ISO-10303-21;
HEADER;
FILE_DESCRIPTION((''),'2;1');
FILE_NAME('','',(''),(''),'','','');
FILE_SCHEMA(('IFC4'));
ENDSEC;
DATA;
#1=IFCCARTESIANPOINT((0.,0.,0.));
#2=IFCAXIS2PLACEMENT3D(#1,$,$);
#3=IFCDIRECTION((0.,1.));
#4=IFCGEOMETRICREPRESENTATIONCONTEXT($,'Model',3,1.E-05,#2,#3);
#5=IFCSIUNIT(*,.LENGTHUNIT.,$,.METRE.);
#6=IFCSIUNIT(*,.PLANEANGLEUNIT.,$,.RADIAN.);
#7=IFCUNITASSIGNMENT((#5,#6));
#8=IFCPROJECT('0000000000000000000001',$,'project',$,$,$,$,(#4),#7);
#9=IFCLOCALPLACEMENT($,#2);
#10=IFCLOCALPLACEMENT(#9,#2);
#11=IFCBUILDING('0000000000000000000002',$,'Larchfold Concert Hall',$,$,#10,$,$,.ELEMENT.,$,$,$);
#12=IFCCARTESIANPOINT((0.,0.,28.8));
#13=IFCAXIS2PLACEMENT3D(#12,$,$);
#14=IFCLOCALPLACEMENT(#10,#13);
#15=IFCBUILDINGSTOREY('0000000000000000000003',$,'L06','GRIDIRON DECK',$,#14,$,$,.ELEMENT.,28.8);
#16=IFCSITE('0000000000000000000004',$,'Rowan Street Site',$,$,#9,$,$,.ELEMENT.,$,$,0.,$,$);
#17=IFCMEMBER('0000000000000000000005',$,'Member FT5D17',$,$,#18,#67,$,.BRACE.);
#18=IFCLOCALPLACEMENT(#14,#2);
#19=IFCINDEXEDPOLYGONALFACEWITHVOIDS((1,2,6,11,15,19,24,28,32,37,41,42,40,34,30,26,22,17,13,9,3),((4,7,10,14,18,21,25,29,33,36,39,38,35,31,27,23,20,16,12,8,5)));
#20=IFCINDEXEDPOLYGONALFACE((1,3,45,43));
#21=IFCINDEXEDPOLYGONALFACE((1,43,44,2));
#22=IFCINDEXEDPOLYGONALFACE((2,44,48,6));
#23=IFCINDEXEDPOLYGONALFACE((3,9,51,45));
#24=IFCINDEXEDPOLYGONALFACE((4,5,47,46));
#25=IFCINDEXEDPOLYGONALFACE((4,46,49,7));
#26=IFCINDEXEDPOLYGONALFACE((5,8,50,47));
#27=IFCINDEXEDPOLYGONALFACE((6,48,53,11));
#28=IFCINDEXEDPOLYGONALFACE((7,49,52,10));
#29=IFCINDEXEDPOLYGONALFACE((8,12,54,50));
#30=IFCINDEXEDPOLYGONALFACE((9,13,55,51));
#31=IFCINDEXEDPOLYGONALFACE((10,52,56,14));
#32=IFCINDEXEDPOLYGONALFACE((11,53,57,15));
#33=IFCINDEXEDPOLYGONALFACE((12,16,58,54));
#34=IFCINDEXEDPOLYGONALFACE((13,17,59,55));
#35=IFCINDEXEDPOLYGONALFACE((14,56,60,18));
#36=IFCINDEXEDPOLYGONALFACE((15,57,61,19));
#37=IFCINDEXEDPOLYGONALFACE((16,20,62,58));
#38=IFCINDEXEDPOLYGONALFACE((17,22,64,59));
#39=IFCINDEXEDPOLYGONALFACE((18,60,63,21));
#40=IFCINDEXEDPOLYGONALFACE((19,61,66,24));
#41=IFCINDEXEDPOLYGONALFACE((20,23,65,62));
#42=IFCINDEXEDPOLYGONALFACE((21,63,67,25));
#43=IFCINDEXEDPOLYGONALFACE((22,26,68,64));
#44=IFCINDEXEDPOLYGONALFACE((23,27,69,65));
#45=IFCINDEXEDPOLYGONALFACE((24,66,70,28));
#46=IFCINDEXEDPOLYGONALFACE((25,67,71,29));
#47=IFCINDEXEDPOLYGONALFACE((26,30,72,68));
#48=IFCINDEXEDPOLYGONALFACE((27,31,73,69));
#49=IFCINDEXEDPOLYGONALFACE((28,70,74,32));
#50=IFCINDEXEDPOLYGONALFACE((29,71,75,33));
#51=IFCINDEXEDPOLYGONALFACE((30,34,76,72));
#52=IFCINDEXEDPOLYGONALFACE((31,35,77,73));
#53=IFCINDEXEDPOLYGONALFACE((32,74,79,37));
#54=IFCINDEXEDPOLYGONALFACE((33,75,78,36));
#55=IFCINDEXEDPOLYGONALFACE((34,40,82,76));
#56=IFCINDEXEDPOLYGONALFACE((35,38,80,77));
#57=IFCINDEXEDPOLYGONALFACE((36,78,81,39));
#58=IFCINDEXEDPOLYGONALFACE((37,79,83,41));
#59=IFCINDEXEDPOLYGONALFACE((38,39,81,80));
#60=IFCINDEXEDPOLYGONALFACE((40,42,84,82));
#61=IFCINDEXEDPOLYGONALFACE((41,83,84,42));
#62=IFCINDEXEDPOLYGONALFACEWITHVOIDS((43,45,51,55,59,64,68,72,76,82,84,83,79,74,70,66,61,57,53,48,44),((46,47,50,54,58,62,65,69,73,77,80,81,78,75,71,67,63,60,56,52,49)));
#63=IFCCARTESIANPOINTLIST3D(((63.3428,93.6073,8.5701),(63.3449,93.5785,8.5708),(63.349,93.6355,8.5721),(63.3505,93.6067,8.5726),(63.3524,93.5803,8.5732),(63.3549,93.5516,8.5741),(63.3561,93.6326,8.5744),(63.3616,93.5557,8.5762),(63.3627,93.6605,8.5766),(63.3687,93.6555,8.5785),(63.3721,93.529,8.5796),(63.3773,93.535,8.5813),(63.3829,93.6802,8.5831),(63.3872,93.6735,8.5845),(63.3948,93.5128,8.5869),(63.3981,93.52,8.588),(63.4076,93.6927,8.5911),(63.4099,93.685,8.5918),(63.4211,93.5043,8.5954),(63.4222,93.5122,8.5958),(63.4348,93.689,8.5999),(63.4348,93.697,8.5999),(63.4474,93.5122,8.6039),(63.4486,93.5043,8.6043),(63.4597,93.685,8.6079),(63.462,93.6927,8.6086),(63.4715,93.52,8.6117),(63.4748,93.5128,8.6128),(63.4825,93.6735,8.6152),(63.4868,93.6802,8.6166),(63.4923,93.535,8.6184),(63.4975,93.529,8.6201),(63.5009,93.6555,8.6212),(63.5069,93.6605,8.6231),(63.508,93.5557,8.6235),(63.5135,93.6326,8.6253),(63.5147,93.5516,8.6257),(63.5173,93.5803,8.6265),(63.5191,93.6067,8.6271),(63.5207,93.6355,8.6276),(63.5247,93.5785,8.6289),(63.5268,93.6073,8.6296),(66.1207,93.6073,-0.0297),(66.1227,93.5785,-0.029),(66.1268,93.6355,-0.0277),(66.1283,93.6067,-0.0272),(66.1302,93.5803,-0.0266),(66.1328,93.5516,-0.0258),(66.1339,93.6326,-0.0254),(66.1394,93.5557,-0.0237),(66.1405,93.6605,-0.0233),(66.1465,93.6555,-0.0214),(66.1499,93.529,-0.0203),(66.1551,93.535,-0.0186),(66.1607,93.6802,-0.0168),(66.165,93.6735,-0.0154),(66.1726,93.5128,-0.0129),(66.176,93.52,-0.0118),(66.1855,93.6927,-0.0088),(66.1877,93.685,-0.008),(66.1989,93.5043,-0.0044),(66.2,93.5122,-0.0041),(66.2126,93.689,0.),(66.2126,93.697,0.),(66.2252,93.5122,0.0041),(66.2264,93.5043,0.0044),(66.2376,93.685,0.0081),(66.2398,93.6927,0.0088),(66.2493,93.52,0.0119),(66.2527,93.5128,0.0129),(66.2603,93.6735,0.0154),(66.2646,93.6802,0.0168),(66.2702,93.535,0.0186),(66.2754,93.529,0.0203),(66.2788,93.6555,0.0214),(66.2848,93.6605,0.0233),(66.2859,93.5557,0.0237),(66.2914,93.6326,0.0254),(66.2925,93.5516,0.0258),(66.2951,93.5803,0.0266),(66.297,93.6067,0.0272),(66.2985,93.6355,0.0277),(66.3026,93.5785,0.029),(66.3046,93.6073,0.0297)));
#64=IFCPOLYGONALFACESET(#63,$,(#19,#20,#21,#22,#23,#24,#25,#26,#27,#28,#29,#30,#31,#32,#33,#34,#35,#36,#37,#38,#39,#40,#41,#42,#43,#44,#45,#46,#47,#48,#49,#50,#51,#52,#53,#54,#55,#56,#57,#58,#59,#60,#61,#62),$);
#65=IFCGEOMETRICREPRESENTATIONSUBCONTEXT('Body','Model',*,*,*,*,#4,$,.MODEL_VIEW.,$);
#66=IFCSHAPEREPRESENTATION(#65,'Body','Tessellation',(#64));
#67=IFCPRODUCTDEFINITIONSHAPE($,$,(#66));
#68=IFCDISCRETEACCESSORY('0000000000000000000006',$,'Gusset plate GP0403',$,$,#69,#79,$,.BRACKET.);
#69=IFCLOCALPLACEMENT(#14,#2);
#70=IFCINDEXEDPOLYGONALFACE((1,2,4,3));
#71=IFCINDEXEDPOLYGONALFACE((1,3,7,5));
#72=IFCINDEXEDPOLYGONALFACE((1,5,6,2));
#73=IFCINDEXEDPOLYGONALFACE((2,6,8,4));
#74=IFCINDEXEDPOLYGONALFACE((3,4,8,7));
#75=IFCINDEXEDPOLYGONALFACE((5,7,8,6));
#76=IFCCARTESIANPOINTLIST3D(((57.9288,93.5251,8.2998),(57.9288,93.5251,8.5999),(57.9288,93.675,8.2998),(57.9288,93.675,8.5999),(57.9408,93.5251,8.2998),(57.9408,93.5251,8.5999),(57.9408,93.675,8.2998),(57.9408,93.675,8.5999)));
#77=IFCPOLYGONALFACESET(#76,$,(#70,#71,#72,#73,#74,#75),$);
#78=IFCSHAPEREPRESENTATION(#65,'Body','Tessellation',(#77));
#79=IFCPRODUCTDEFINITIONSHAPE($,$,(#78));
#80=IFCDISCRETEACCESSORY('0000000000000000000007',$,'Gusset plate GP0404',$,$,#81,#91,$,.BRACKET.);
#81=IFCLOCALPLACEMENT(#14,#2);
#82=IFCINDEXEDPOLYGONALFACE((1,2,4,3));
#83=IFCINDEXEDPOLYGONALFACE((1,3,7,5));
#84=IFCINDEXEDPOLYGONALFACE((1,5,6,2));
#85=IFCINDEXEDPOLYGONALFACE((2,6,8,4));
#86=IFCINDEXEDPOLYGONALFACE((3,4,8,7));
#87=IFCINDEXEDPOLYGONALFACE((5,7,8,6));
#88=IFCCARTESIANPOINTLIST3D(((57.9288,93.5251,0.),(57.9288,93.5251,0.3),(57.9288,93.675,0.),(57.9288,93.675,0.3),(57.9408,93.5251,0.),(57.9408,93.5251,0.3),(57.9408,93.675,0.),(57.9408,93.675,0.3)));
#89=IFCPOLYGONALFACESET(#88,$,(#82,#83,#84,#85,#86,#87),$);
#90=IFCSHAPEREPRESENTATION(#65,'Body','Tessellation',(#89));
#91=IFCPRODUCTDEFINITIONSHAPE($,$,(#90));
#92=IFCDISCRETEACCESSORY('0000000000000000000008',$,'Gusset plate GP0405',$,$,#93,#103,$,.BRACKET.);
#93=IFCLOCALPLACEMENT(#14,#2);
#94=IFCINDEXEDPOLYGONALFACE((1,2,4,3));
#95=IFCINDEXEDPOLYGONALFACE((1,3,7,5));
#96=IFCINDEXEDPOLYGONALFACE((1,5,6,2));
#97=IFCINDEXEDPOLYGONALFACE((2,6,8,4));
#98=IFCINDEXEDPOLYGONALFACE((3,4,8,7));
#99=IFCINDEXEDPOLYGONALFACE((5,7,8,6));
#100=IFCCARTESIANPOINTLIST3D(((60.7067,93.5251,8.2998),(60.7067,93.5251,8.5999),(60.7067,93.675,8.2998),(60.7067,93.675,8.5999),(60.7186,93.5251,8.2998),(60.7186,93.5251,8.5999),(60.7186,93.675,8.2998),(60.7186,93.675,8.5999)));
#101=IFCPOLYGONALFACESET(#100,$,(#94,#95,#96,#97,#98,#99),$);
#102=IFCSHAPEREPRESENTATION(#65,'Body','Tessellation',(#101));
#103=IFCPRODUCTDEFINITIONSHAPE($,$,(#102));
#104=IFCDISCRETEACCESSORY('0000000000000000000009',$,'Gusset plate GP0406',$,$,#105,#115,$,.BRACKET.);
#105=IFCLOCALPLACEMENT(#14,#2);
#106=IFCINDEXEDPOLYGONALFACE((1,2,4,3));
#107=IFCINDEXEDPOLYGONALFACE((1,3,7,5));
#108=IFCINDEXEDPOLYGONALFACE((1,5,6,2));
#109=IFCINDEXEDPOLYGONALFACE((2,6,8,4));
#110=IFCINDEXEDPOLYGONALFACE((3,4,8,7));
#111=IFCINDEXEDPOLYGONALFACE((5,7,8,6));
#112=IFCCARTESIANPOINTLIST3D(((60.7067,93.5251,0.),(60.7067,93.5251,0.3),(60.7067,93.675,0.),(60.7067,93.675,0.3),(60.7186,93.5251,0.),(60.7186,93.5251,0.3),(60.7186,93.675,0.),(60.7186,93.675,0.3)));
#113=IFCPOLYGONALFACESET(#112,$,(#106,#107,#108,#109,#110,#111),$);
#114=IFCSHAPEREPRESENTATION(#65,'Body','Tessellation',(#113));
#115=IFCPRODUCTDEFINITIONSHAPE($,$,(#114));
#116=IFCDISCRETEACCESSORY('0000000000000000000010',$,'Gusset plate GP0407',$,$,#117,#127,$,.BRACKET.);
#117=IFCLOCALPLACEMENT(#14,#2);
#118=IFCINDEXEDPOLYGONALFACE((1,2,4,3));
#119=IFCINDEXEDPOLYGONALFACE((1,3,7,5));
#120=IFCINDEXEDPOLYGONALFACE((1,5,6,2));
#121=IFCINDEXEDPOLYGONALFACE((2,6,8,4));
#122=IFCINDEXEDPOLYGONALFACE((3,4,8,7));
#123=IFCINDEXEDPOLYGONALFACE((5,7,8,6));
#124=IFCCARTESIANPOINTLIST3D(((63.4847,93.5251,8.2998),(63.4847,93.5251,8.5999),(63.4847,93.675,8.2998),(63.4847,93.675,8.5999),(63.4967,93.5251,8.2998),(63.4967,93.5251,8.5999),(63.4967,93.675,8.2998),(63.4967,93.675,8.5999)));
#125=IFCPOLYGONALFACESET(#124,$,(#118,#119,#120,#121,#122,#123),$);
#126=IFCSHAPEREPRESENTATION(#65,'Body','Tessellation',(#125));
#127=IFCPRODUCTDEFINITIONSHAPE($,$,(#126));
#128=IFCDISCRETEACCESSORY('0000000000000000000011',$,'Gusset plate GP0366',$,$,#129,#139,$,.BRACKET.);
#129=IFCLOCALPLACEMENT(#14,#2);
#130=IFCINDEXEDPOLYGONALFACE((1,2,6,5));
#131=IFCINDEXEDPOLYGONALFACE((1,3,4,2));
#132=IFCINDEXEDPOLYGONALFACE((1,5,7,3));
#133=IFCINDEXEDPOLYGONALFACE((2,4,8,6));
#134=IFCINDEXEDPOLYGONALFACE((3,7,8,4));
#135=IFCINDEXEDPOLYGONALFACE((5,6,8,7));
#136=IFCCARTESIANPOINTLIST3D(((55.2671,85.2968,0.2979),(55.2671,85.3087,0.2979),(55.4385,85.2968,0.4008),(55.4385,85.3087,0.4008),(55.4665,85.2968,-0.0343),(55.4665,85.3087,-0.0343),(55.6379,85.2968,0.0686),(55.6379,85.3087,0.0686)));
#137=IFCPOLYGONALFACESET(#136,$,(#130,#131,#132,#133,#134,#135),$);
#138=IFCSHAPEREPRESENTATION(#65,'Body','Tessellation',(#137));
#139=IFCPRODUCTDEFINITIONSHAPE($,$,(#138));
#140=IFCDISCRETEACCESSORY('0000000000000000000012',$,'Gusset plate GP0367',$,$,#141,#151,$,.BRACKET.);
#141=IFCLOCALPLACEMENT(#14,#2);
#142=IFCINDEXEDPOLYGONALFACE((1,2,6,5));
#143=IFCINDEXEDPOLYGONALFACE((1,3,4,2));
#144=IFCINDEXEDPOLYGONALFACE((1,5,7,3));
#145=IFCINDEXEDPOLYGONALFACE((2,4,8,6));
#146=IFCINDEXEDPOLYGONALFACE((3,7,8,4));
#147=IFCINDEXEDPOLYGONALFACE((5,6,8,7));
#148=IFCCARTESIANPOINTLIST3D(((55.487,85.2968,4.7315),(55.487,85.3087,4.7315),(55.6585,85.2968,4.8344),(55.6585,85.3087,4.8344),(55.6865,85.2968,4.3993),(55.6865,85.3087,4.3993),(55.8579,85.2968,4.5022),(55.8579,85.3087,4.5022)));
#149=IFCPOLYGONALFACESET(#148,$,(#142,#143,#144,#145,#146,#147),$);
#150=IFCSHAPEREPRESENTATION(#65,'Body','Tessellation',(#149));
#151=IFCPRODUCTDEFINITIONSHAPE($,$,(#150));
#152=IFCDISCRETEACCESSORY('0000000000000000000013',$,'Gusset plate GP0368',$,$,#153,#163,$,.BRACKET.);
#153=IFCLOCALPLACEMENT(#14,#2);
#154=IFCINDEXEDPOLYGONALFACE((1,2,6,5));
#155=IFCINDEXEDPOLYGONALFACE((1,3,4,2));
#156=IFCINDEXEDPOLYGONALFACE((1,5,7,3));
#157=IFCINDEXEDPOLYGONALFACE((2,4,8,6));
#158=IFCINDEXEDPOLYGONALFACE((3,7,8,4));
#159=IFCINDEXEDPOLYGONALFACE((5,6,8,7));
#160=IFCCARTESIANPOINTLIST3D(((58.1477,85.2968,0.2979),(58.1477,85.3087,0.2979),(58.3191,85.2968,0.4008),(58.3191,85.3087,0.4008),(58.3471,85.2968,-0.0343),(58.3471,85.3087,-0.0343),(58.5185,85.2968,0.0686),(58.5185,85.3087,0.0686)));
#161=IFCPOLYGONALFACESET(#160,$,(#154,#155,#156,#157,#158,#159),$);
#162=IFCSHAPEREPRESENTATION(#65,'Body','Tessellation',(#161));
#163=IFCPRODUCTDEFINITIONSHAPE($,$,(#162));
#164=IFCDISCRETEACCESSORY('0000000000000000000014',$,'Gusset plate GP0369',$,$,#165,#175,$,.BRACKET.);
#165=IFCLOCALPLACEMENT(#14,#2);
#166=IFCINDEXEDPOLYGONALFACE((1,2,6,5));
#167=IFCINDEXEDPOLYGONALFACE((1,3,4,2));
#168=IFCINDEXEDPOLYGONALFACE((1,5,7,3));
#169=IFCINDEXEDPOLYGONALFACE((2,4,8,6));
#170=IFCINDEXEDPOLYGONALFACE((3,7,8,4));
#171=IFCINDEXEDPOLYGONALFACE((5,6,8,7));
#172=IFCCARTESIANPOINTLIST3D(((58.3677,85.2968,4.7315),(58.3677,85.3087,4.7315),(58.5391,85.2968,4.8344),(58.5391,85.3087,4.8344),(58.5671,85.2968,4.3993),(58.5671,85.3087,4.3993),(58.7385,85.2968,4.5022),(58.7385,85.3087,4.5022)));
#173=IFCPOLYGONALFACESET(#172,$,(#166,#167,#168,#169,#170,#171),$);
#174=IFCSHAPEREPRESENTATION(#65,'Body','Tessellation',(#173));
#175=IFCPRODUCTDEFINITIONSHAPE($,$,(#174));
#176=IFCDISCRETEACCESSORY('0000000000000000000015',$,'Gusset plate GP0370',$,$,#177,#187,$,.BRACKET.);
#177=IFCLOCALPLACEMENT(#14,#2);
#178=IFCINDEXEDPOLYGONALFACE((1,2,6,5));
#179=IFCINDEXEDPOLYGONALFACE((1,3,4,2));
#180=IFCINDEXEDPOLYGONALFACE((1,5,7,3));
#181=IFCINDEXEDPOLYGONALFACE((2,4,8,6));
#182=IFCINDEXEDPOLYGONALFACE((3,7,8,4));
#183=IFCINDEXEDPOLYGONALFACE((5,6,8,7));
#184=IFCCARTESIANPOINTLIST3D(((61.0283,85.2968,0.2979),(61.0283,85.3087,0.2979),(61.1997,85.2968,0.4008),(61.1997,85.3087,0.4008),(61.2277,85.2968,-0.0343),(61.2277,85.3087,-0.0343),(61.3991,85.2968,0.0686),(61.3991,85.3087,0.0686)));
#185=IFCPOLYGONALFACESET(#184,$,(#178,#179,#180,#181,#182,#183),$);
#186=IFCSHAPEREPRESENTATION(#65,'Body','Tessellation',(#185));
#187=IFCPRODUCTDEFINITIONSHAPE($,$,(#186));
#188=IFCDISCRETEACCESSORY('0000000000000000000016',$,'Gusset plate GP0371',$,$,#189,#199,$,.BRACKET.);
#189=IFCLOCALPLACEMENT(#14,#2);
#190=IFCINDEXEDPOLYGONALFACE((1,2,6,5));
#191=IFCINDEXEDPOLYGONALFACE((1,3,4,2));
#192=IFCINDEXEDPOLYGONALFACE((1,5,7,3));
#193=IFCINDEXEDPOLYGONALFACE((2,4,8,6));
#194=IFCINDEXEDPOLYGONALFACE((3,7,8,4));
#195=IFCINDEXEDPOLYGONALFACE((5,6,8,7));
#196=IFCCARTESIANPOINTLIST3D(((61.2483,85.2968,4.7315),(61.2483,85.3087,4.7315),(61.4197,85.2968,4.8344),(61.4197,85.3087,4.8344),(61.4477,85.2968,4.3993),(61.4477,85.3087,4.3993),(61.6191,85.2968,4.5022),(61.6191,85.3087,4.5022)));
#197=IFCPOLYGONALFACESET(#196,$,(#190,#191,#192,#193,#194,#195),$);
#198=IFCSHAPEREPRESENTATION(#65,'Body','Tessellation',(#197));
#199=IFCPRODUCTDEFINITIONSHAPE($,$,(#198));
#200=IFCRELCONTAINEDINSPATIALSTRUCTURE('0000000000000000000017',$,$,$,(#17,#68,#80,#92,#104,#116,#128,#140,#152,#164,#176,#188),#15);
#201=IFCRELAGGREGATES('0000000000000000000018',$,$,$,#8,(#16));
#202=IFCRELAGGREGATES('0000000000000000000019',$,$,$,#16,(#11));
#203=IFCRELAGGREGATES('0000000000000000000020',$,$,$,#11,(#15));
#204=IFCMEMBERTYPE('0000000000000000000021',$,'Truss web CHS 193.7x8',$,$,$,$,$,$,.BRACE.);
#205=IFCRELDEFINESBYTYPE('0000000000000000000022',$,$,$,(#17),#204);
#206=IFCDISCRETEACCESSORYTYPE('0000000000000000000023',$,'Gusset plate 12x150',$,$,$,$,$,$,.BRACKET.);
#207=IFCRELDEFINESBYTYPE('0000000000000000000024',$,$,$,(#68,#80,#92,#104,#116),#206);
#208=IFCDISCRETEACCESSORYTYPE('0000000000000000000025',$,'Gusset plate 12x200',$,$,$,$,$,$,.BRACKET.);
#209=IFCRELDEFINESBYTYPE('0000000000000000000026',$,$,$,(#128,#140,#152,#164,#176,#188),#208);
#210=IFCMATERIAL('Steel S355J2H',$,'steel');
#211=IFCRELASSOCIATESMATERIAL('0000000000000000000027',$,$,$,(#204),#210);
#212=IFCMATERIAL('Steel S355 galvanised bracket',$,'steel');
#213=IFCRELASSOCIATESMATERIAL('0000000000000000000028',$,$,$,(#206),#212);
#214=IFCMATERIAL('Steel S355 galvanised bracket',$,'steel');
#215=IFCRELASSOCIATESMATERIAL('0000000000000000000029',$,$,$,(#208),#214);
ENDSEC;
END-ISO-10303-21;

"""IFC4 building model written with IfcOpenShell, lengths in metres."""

from ifc_helpers import new_model, si_unit, direction, frame, origin, origin_2d, place, context, subcontext, project, spatial, rectangle, hollow_circle, extrude, material, material_profile, profile_set, type_object, element, save


model = new_model("IFC4")

# Units and contexts
model_context = context("Model", 3, precision=1e-05, world=origin(), true_north=direction((0.0, 1.0)))
body_context = subcontext(model_context, "Body", "Model", "MODEL_VIEW")
ifc_project = project(units=[si_unit("LENGTHUNIT", "METRE"), si_unit("PLANEANGLEUNIT", "RADIAN")], contexts=[model_context])

# Site, building, storey
site_placement = place(None, origin())
site = spatial("IfcSite", under=ifc_project, at=site_placement, Name="Rowan Street Site", CompositionType="ELEMENT", RefElevation=0.0)
building_placement = place(site_placement, origin())
building = spatial("IfcBuilding", under=site, at=building_placement, Name="Larchfold Concert Hall", CompositionType="ELEMENT")
storey_placement = place(building_placement, frame((0.0, 0.0, 28.8)))
storey = spatial("IfcBuildingStorey", under=building, at=storey_placement, Name="L06", Description="GRIDIRON DECK", CompositionType="ELEMENT", Elevation=28.8)

# Member
ifc_material_1 = material(Name="Steel S355J2H", Category="steel")
ifc_material_profile_1 = material_profile(ifc_material_1, hollow_circle(Radius=0.0969, WallThickness=0.0081, at=origin_2d()))
ifc_profile_set_1 = profile_set([ifc_material_profile_1], Name="Steel S355J2H")
member_type_1 = type_object("IfcMemberType", Name="Truss web CHS 193.7x8", PredefinedType="BRACE", material=ifc_profile_set_1)
for number, where, z_axis, x_axis, name in (
    (1, (63.4348, 93.6001, 8.5999), (0.307372, 0.0, -0.951589), (0.0, 1.0, 0.0), "Member FT5D17"),
):
    element("IfcMember", number, at=place(storey_placement, frame(where, z_axis=z_axis, x_axis=x_axis)), inside=storey, type_object=member_type_1, Name=name, PredefinedType="BRACE", context=body_context, shape_type="SweptSolid", body=[
        extrude(hollow_circle(Radius=0.0969, WallThickness=0.0081, at=origin_2d()), origin(), (0.0, 0.0, 1.0), 9.0374),
    ])

# Discrete accessories
ifc_material_2 = material(Name="Steel S355 galvanised bracket", Category="steel")
ifc_material_profile_2 = material_profile(ifc_material_2, rectangle(XDim=0.012, YDim=0.1499, at=origin_2d()))
ifc_profile_set_2 = profile_set([ifc_material_profile_2], Name="Steel S355 galvanised bracket")
discrete_accessory_type_1 = type_object("IfcDiscreteAccessoryType", Name="Gusset plate 12x150", PredefinedType="BRACKET", material=ifc_profile_set_2)
for number, where, z_axis, x_axis, name in (
    (2, (57.9348, 93.6001, 8.5999), (0.0, 0.0, -1.0), (1.0, 0.0, 0.0), "Gusset plate GP0403"),
    (3, (57.9348, 93.6001, 0.3), (0.0, 0.0, -1.0), (1.0, 0.0, 0.0), "Gusset plate GP0404"),
    (4, (60.7126, 93.6001, 8.5999), (0.0, 0.0, -1.0), (1.0, 0.0, 0.0), "Gusset plate GP0405"),
    (5, (60.7126, 93.6001, 0.3), (0.0, 0.0, -1.0), (1.0, 0.0, 0.0), "Gusset plate GP0406"),
    (6, (63.4907, 93.6001, 8.5999), (0.0, 0.0, -1.0), (1.0, 0.0, 0.0), "Gusset plate GP0407"),
):
    element("IfcDiscreteAccessory", number, at=place(storey_placement, frame(where, z_axis=z_axis, x_axis=x_axis)), inside=storey, type_object=discrete_accessory_type_1, Name=name, PredefinedType="BRACKET", context=body_context, shape_type="SweptSolid", body=[
        extrude(rectangle(XDim=0.012, YDim=0.1499, at=origin_2d()), origin(), (0.0, 0.0, 1.0), 0.3),
    ])
ifc_material_3 = material(Name="Steel S355 galvanised bracket", Category="steel")
ifc_material_profile_3 = material_profile(ifc_material_3, rectangle(XDim=0.012, YDim=0.2, at=origin_2d()))
ifc_profile_set_3 = profile_set([ifc_material_profile_3], Name="Steel S355 galvanised bracket")
discrete_accessory_type_2 = type_object("IfcDiscreteAccessoryType", Name="Gusset plate 12x200", PredefinedType="BRACKET", material=ifc_profile_set_3)
for number, where, z_axis, x_axis, name in (
    (7, (55.3528, 85.3027, 0.3494), (0.514681, 0.0, -0.857382), (0.0, 1.0, 0.0), "Gusset plate GP0366"),
    (8, (55.5728, 85.3027, 4.783), (0.514681, 0.0, -0.857382), (0.0, 1.0, 0.0), "Gusset plate GP0367"),
    (9, (58.2334, 85.3027, 0.3494), (0.514681, 0.0, -0.857382), (0.0, 1.0, 0.0), "Gusset plate GP0368"),
    (10, (58.4534, 85.3027, 4.783), (0.514681, 0.0, -0.857382), (0.0, 1.0, 0.0), "Gusset plate GP0369"),
    (11, (61.114, 85.3027, 0.3494), (0.514681, 0.0, -0.857382), (0.0, 1.0, 0.0), "Gusset plate GP0370"),
    (12, (61.334, 85.3027, 4.783), (0.514681, 0.0, -0.857382), (0.0, 1.0, 0.0), "Gusset plate GP0371"),
):
    element("IfcDiscreteAccessory", number, at=place(storey_placement, frame(where, z_axis=z_axis, x_axis=x_axis)), inside=storey, type_object=discrete_accessory_type_2, Name=name, PredefinedType="BRACKET", context=body_context, shape_type="SweptSolid", body=[
        extrude(rectangle(XDim=0.012, YDim=0.2, at=origin_2d()), origin(), (0.0, 0.0, 1.0), 0.3875),
    ])

save(model, "model.ifc")
